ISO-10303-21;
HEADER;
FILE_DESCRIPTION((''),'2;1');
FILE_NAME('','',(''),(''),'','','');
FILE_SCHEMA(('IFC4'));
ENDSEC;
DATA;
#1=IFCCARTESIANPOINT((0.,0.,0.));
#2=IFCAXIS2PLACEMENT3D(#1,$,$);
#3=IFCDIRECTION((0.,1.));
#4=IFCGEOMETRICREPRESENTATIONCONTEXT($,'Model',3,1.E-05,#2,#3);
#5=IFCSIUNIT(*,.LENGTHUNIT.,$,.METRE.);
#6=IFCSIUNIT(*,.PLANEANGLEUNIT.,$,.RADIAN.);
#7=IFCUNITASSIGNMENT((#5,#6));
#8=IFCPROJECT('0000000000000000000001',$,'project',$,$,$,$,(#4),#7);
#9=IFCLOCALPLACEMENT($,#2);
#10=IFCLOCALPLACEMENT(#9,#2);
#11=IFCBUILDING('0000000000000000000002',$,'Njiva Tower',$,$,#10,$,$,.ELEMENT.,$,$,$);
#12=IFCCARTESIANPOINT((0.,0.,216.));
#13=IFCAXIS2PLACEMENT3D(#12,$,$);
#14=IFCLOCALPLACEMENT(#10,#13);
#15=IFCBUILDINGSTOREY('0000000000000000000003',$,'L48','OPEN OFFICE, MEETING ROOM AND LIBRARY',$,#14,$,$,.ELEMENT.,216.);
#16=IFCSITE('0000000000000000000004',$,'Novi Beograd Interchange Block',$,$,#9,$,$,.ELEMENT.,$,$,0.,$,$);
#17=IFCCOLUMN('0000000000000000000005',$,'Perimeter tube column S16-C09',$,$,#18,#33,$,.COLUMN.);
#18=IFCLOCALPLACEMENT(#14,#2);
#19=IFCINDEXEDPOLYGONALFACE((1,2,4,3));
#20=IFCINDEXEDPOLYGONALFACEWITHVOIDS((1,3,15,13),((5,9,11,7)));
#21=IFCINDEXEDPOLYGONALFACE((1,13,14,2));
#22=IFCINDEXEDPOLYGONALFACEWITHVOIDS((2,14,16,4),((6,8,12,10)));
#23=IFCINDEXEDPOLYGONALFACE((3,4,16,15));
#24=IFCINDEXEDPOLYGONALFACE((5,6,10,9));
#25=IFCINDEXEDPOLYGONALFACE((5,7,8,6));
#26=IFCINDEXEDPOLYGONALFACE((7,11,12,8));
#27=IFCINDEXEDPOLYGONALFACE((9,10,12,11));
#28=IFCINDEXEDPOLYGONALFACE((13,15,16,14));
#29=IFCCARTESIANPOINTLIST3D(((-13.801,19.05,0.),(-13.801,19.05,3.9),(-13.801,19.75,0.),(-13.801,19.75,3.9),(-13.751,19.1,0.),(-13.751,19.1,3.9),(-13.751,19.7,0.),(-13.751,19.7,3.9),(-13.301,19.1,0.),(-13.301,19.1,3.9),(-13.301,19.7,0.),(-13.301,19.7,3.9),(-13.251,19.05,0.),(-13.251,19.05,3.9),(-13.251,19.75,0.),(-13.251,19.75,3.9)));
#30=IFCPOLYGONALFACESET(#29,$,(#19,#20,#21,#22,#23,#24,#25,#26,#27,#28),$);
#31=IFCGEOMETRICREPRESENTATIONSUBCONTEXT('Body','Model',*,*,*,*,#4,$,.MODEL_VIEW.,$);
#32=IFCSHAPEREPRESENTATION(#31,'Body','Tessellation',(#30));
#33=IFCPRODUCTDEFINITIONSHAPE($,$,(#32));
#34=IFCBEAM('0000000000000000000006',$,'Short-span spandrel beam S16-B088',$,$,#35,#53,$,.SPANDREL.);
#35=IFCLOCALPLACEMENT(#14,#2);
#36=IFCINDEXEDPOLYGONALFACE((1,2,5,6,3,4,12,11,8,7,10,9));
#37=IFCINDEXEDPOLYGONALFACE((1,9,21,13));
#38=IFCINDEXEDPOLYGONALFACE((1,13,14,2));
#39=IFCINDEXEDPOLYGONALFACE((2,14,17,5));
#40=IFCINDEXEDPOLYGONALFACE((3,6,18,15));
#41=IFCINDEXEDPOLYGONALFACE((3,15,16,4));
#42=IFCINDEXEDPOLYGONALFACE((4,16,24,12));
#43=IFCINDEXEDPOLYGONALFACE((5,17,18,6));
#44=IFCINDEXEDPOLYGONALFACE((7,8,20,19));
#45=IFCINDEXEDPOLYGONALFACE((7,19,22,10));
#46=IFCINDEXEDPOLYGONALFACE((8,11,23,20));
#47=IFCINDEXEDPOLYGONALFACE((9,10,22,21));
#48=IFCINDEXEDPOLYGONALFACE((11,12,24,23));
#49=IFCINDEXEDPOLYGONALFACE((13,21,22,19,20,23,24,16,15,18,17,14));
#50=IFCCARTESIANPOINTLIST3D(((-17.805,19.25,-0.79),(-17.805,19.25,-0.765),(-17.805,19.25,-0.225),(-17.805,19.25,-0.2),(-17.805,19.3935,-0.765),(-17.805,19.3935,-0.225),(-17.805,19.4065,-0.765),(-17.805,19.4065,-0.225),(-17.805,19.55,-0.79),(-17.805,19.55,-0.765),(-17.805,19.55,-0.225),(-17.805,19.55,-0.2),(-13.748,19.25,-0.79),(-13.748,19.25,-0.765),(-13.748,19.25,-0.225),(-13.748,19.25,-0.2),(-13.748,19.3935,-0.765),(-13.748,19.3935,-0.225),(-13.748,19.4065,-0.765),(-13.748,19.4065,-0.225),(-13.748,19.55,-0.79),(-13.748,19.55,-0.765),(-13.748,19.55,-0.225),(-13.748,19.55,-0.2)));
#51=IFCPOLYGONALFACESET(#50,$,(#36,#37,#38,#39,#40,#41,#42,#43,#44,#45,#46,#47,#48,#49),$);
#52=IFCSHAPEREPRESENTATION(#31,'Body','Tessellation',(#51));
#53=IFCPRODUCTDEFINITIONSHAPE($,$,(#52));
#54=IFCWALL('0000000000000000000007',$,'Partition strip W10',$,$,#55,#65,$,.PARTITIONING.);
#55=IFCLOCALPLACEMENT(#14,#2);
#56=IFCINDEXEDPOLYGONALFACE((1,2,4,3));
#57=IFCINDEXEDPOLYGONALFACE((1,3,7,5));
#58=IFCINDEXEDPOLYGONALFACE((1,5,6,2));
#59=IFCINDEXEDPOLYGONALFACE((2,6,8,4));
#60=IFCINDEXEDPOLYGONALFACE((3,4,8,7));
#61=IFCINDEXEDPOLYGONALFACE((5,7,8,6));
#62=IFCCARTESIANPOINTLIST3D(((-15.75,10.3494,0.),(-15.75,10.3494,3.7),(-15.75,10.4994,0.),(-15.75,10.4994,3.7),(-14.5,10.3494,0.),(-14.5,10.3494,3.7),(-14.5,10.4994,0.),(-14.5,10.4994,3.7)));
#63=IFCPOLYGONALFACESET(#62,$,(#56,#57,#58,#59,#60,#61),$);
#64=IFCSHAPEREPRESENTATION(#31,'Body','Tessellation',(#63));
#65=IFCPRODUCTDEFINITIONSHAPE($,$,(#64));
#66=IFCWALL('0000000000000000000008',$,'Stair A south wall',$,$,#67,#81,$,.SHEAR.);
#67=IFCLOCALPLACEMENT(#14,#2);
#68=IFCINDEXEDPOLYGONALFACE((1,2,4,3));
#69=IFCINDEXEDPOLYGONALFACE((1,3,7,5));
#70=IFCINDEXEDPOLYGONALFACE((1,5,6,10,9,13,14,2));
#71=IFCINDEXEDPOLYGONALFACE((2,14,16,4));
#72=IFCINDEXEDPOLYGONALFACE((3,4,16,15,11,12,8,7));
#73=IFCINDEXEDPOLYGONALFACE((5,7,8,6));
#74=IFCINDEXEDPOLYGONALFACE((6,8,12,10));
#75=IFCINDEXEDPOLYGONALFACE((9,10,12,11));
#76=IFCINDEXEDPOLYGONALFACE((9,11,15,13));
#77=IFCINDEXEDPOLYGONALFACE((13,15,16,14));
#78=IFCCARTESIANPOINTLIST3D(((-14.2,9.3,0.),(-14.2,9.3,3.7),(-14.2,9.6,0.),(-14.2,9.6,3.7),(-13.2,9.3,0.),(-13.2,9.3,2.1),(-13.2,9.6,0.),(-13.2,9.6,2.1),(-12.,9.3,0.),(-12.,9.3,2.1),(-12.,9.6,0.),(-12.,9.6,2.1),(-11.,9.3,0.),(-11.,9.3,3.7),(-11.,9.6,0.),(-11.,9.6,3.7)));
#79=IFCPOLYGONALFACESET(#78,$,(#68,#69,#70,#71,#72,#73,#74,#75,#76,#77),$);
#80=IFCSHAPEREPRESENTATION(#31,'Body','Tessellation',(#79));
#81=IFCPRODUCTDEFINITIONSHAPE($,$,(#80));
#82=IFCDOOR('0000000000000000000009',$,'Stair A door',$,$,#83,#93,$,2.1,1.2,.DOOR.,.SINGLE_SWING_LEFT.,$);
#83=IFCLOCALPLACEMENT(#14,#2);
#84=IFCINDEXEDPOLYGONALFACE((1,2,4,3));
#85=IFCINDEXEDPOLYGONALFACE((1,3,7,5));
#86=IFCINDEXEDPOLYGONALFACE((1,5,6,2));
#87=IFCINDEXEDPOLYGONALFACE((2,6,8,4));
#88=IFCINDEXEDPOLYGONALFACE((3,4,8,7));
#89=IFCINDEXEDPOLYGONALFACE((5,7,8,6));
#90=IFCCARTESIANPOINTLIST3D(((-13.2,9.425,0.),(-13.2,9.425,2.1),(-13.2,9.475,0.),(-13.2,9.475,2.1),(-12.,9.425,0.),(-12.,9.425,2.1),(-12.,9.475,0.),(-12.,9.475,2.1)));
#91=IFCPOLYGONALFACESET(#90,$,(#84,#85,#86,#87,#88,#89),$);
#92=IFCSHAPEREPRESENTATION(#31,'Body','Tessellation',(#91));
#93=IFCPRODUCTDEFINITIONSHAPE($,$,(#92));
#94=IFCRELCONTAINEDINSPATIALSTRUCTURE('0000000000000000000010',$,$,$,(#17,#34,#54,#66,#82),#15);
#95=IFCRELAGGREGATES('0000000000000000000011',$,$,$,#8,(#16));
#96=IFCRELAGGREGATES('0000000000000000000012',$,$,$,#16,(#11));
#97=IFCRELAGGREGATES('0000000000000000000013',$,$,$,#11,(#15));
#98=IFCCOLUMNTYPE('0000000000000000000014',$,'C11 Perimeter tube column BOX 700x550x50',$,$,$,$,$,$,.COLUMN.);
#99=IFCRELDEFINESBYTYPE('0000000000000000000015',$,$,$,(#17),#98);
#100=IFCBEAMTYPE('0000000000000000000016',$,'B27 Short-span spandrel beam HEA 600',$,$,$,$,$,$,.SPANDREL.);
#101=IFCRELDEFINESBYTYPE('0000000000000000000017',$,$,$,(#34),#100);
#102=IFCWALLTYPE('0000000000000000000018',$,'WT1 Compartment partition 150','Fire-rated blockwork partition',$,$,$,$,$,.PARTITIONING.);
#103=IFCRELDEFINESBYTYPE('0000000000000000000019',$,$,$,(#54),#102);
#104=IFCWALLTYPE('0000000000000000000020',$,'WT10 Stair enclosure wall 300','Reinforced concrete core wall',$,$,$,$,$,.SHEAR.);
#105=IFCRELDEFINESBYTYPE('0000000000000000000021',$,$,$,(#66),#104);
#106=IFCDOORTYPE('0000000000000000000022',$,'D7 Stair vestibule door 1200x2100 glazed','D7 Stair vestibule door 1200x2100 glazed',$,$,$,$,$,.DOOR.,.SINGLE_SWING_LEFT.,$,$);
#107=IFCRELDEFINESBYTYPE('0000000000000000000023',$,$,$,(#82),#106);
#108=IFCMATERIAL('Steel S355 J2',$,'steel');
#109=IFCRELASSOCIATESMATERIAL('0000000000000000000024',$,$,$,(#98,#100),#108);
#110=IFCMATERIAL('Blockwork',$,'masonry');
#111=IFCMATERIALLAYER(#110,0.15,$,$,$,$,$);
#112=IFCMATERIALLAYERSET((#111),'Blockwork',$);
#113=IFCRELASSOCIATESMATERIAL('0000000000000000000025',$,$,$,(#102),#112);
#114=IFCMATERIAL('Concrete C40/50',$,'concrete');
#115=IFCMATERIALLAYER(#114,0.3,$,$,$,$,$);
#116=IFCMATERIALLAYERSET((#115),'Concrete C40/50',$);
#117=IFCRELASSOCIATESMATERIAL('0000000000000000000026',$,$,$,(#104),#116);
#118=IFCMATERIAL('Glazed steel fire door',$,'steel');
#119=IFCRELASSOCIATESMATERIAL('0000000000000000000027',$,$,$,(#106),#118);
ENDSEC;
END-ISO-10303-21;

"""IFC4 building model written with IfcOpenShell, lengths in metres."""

from ifc_helpers import new_model, si_unit, direction, frame, frame_2d, origin, origin_2d, place, context, subcontext, project, spatial, rectangle, hollow_rectangle, i_section, extrude, material, layer, layer_set, material_profile, profile_set, type_object, element, fill, save


model = new_model("IFC4")

# Units and contexts
model_context = context("Model", 3, precision=1e-05, world=origin(), true_north=direction((0.0, 1.0)))
body_context = subcontext(model_context, "Body", "Model", "MODEL_VIEW")
ifc_project = project(units=[si_unit("LENGTHUNIT", "METRE"), si_unit("PLANEANGLEUNIT", "RADIAN")], contexts=[model_context])

# Site, building, storey
site_placement = place(None, origin())
site = spatial("IfcSite", under=ifc_project, at=site_placement, Name="Novi Beograd Interchange Block", CompositionType="ELEMENT", RefElevation=0.0)
building_placement = place(site_placement, origin())
building = spatial("IfcBuilding", under=site, at=building_placement, Name="Njiva Tower", CompositionType="ELEMENT")
storey_placement = place(building_placement, frame((0.0, 0.0, 216.0)))
storey = spatial("IfcBuildingStorey", under=building, at=storey_placement, Name="L48", Description="OPEN OFFICE, MEETING ROOM AND LIBRARY", CompositionType="ELEMENT", Elevation=216.0)

# Column
ifc_material_1 = material(Name="Steel S355 J2", Category="steel")
ifc_material_profile_1 = material_profile(ifc_material_1, hollow_rectangle(XDim=0.55, YDim=0.7, WallThickness=0.05, at=origin_2d()), Name="BOX 700x550x50")
ifc_profile_set_1 = profile_set([ifc_material_profile_1], Name="Steel S355 J2")
column_type = type_object("IfcColumnType", Name="C11 Perimeter tube column BOX 700x550x50", PredefinedType="COLUMN", material=ifc_profile_set_1)
column_placement = place(storey_placement, frame((-13.526, 19.4, 0.0), z_axis=(0.0, 0.0, 1.0), x_axis=(-1.0, 0.0, 0.0)))
element("IfcColumn", 1, at=column_placement, inside=storey, type_object=column_type, Name="Perimeter tube column S16-C09", PredefinedType="COLUMN", context=body_context, shape_type="SweptSolid", body=[
    extrude(hollow_rectangle(XDim=0.55, YDim=0.7, WallThickness=0.05, at=origin_2d()), origin(), (0.0, 0.0, 1.0), 3.9),
])

# Beam
ifc_material_profile_2 = material_profile(ifc_material_1, i_section(OverallWidth=0.3, OverallDepth=0.59, WebThickness=0.013, FlangeThickness=0.025, at=origin_2d()), Name="HEA 600")
ifc_profile_set_2 = profile_set([ifc_material_profile_2], Name="Steel S355 J2")
beam_type = type_object("IfcBeamType", Name="B27 Short-span spandrel beam HEA 600", PredefinedType="SPANDREL", material=ifc_profile_set_2)
beam_placement = place(storey_placement, frame((-13.748, 19.4, -0.495), z_axis=(-1.0, 0.0, 0.0), x_axis=(0.0, -1.0, 0.0)))
element("IfcBeam", 2, at=beam_placement, inside=storey, type_object=beam_type, Name="Short-span spandrel beam S16-B088", PredefinedType="SPANDREL", context=body_context, shape_type="SweptSolid", body=[
    extrude(i_section(OverallWidth=0.3, OverallDepth=0.59, WebThickness=0.013, FlangeThickness=0.025, at=origin_2d()), origin(), (0.0, 0.0, 1.0), 4.057),
])

# Wall
ifc_material_2 = material(Name="Blockwork", Category="masonry")
ifc_layer_1 = layer(ifc_material_2, 0.15)
ifc_layer_set_1 = layer_set([ifc_layer_1], Name="Blockwork")
wall_type_1 = type_object("IfcWallType", Name="WT1 Compartment partition 150", Description="Fire-rated blockwork partition", PredefinedType="PARTITIONING", material=ifc_layer_set_1)
wall_1_placement = place(storey_placement, frame((-15.75, 10.4244, 0.0), z_axis=(0.0, 0.0, 1.0), x_axis=(1.0, 0.0, 0.0)))
element("IfcWall", 3, at=wall_1_placement, inside=storey, type_object=wall_type_1, Name="Partition strip W10", PredefinedType="PARTITIONING", context=body_context, shape_type="SweptSolid", body=[
    extrude(rectangle(XDim=1.25, YDim=0.15, at=frame_2d((0.625, 0.0))), origin(), (0.0, 0.0, 1.0), 3.7),
])

# Wall, opening, door
ifc_material_3 = material(Name="Concrete C40/50", Category="concrete")
ifc_layer_2 = layer(ifc_material_3, 0.3)
ifc_layer_set_2 = layer_set([ifc_layer_2], Name="Concrete C40/50")
wall_type_2 = type_object("IfcWallType", Name="WT10 Stair enclosure wall 300", Description="Reinforced concrete core wall", PredefinedType="SHEAR", material=ifc_layer_set_2)
wall_2_placement = place(storey_placement, frame((-14.2, 9.45, 0.0), z_axis=(0.0, 0.0, 1.0), x_axis=(1.0, 0.0, 0.0)))
wall_2 = element("IfcWall", 4, at=wall_2_placement, inside=storey, type_object=wall_type_2, Name="Stair A south wall", PredefinedType="SHEAR", context=body_context, shape_type="SweptSolid", body=[
    extrude(rectangle(XDim=3.2, YDim=0.3, at=frame_2d((1.6, 0.0))), origin(), (0.0, 0.0, 1.0), 3.7),
])
opening_1_placement = place(wall_2_placement, frame((1.0, 0.0, 0.0)))
opening_1 = element("IfcOpeningElement", 5, at=opening_1_placement, cuts=wall_2, PredefinedType="OPENING", context=body_context, shape_type="SweptSolid", body=[
    extrude(rectangle(XDim=1.2, YDim=2.1, at=frame_2d((0.6, 1.05))), frame((0.0, 0.16, 0.0), z_axis=(0.0, -1.0, 0.0), x_axis=(1.0, 0.0, 0.0)), (0.0, 0.0, 1.0), 0.32),
])
ifc_material_4 = material(Name="Glazed steel fire door", Category="steel")
door_type_1 = type_object("IfcDoorType", Name="D7 Stair vestibule door 1200x2100 glazed", Description="D7 Stair vestibule door 1200x2100 glazed", OperationType="SINGLE_SWING_LEFT", PredefinedType="DOOR", material=ifc_material_4)
door_1_placement = place(opening_1_placement, origin())
door_1 = element("IfcDoor", 6, at=door_1_placement, inside=storey, type_object=door_type_1, Name="Stair A door", OperationType="SINGLE_SWING_LEFT", OverallHeight=2.1, OverallWidth=1.2, PredefinedType="DOOR", context=body_context, shape_type="SweptSolid", body=[
    extrude(rectangle(XDim=1.2, YDim=2.1, at=frame_2d((0.6, 1.05))), frame((0.0, 0.025, 0.0), z_axis=(0.0, -1.0, 0.0), x_axis=(1.0, 0.0, 0.0)), (0.0, 0.0, 1.0), 0.05),
])
fill(opening_1, door_1)

save(model, "model.ifc")
